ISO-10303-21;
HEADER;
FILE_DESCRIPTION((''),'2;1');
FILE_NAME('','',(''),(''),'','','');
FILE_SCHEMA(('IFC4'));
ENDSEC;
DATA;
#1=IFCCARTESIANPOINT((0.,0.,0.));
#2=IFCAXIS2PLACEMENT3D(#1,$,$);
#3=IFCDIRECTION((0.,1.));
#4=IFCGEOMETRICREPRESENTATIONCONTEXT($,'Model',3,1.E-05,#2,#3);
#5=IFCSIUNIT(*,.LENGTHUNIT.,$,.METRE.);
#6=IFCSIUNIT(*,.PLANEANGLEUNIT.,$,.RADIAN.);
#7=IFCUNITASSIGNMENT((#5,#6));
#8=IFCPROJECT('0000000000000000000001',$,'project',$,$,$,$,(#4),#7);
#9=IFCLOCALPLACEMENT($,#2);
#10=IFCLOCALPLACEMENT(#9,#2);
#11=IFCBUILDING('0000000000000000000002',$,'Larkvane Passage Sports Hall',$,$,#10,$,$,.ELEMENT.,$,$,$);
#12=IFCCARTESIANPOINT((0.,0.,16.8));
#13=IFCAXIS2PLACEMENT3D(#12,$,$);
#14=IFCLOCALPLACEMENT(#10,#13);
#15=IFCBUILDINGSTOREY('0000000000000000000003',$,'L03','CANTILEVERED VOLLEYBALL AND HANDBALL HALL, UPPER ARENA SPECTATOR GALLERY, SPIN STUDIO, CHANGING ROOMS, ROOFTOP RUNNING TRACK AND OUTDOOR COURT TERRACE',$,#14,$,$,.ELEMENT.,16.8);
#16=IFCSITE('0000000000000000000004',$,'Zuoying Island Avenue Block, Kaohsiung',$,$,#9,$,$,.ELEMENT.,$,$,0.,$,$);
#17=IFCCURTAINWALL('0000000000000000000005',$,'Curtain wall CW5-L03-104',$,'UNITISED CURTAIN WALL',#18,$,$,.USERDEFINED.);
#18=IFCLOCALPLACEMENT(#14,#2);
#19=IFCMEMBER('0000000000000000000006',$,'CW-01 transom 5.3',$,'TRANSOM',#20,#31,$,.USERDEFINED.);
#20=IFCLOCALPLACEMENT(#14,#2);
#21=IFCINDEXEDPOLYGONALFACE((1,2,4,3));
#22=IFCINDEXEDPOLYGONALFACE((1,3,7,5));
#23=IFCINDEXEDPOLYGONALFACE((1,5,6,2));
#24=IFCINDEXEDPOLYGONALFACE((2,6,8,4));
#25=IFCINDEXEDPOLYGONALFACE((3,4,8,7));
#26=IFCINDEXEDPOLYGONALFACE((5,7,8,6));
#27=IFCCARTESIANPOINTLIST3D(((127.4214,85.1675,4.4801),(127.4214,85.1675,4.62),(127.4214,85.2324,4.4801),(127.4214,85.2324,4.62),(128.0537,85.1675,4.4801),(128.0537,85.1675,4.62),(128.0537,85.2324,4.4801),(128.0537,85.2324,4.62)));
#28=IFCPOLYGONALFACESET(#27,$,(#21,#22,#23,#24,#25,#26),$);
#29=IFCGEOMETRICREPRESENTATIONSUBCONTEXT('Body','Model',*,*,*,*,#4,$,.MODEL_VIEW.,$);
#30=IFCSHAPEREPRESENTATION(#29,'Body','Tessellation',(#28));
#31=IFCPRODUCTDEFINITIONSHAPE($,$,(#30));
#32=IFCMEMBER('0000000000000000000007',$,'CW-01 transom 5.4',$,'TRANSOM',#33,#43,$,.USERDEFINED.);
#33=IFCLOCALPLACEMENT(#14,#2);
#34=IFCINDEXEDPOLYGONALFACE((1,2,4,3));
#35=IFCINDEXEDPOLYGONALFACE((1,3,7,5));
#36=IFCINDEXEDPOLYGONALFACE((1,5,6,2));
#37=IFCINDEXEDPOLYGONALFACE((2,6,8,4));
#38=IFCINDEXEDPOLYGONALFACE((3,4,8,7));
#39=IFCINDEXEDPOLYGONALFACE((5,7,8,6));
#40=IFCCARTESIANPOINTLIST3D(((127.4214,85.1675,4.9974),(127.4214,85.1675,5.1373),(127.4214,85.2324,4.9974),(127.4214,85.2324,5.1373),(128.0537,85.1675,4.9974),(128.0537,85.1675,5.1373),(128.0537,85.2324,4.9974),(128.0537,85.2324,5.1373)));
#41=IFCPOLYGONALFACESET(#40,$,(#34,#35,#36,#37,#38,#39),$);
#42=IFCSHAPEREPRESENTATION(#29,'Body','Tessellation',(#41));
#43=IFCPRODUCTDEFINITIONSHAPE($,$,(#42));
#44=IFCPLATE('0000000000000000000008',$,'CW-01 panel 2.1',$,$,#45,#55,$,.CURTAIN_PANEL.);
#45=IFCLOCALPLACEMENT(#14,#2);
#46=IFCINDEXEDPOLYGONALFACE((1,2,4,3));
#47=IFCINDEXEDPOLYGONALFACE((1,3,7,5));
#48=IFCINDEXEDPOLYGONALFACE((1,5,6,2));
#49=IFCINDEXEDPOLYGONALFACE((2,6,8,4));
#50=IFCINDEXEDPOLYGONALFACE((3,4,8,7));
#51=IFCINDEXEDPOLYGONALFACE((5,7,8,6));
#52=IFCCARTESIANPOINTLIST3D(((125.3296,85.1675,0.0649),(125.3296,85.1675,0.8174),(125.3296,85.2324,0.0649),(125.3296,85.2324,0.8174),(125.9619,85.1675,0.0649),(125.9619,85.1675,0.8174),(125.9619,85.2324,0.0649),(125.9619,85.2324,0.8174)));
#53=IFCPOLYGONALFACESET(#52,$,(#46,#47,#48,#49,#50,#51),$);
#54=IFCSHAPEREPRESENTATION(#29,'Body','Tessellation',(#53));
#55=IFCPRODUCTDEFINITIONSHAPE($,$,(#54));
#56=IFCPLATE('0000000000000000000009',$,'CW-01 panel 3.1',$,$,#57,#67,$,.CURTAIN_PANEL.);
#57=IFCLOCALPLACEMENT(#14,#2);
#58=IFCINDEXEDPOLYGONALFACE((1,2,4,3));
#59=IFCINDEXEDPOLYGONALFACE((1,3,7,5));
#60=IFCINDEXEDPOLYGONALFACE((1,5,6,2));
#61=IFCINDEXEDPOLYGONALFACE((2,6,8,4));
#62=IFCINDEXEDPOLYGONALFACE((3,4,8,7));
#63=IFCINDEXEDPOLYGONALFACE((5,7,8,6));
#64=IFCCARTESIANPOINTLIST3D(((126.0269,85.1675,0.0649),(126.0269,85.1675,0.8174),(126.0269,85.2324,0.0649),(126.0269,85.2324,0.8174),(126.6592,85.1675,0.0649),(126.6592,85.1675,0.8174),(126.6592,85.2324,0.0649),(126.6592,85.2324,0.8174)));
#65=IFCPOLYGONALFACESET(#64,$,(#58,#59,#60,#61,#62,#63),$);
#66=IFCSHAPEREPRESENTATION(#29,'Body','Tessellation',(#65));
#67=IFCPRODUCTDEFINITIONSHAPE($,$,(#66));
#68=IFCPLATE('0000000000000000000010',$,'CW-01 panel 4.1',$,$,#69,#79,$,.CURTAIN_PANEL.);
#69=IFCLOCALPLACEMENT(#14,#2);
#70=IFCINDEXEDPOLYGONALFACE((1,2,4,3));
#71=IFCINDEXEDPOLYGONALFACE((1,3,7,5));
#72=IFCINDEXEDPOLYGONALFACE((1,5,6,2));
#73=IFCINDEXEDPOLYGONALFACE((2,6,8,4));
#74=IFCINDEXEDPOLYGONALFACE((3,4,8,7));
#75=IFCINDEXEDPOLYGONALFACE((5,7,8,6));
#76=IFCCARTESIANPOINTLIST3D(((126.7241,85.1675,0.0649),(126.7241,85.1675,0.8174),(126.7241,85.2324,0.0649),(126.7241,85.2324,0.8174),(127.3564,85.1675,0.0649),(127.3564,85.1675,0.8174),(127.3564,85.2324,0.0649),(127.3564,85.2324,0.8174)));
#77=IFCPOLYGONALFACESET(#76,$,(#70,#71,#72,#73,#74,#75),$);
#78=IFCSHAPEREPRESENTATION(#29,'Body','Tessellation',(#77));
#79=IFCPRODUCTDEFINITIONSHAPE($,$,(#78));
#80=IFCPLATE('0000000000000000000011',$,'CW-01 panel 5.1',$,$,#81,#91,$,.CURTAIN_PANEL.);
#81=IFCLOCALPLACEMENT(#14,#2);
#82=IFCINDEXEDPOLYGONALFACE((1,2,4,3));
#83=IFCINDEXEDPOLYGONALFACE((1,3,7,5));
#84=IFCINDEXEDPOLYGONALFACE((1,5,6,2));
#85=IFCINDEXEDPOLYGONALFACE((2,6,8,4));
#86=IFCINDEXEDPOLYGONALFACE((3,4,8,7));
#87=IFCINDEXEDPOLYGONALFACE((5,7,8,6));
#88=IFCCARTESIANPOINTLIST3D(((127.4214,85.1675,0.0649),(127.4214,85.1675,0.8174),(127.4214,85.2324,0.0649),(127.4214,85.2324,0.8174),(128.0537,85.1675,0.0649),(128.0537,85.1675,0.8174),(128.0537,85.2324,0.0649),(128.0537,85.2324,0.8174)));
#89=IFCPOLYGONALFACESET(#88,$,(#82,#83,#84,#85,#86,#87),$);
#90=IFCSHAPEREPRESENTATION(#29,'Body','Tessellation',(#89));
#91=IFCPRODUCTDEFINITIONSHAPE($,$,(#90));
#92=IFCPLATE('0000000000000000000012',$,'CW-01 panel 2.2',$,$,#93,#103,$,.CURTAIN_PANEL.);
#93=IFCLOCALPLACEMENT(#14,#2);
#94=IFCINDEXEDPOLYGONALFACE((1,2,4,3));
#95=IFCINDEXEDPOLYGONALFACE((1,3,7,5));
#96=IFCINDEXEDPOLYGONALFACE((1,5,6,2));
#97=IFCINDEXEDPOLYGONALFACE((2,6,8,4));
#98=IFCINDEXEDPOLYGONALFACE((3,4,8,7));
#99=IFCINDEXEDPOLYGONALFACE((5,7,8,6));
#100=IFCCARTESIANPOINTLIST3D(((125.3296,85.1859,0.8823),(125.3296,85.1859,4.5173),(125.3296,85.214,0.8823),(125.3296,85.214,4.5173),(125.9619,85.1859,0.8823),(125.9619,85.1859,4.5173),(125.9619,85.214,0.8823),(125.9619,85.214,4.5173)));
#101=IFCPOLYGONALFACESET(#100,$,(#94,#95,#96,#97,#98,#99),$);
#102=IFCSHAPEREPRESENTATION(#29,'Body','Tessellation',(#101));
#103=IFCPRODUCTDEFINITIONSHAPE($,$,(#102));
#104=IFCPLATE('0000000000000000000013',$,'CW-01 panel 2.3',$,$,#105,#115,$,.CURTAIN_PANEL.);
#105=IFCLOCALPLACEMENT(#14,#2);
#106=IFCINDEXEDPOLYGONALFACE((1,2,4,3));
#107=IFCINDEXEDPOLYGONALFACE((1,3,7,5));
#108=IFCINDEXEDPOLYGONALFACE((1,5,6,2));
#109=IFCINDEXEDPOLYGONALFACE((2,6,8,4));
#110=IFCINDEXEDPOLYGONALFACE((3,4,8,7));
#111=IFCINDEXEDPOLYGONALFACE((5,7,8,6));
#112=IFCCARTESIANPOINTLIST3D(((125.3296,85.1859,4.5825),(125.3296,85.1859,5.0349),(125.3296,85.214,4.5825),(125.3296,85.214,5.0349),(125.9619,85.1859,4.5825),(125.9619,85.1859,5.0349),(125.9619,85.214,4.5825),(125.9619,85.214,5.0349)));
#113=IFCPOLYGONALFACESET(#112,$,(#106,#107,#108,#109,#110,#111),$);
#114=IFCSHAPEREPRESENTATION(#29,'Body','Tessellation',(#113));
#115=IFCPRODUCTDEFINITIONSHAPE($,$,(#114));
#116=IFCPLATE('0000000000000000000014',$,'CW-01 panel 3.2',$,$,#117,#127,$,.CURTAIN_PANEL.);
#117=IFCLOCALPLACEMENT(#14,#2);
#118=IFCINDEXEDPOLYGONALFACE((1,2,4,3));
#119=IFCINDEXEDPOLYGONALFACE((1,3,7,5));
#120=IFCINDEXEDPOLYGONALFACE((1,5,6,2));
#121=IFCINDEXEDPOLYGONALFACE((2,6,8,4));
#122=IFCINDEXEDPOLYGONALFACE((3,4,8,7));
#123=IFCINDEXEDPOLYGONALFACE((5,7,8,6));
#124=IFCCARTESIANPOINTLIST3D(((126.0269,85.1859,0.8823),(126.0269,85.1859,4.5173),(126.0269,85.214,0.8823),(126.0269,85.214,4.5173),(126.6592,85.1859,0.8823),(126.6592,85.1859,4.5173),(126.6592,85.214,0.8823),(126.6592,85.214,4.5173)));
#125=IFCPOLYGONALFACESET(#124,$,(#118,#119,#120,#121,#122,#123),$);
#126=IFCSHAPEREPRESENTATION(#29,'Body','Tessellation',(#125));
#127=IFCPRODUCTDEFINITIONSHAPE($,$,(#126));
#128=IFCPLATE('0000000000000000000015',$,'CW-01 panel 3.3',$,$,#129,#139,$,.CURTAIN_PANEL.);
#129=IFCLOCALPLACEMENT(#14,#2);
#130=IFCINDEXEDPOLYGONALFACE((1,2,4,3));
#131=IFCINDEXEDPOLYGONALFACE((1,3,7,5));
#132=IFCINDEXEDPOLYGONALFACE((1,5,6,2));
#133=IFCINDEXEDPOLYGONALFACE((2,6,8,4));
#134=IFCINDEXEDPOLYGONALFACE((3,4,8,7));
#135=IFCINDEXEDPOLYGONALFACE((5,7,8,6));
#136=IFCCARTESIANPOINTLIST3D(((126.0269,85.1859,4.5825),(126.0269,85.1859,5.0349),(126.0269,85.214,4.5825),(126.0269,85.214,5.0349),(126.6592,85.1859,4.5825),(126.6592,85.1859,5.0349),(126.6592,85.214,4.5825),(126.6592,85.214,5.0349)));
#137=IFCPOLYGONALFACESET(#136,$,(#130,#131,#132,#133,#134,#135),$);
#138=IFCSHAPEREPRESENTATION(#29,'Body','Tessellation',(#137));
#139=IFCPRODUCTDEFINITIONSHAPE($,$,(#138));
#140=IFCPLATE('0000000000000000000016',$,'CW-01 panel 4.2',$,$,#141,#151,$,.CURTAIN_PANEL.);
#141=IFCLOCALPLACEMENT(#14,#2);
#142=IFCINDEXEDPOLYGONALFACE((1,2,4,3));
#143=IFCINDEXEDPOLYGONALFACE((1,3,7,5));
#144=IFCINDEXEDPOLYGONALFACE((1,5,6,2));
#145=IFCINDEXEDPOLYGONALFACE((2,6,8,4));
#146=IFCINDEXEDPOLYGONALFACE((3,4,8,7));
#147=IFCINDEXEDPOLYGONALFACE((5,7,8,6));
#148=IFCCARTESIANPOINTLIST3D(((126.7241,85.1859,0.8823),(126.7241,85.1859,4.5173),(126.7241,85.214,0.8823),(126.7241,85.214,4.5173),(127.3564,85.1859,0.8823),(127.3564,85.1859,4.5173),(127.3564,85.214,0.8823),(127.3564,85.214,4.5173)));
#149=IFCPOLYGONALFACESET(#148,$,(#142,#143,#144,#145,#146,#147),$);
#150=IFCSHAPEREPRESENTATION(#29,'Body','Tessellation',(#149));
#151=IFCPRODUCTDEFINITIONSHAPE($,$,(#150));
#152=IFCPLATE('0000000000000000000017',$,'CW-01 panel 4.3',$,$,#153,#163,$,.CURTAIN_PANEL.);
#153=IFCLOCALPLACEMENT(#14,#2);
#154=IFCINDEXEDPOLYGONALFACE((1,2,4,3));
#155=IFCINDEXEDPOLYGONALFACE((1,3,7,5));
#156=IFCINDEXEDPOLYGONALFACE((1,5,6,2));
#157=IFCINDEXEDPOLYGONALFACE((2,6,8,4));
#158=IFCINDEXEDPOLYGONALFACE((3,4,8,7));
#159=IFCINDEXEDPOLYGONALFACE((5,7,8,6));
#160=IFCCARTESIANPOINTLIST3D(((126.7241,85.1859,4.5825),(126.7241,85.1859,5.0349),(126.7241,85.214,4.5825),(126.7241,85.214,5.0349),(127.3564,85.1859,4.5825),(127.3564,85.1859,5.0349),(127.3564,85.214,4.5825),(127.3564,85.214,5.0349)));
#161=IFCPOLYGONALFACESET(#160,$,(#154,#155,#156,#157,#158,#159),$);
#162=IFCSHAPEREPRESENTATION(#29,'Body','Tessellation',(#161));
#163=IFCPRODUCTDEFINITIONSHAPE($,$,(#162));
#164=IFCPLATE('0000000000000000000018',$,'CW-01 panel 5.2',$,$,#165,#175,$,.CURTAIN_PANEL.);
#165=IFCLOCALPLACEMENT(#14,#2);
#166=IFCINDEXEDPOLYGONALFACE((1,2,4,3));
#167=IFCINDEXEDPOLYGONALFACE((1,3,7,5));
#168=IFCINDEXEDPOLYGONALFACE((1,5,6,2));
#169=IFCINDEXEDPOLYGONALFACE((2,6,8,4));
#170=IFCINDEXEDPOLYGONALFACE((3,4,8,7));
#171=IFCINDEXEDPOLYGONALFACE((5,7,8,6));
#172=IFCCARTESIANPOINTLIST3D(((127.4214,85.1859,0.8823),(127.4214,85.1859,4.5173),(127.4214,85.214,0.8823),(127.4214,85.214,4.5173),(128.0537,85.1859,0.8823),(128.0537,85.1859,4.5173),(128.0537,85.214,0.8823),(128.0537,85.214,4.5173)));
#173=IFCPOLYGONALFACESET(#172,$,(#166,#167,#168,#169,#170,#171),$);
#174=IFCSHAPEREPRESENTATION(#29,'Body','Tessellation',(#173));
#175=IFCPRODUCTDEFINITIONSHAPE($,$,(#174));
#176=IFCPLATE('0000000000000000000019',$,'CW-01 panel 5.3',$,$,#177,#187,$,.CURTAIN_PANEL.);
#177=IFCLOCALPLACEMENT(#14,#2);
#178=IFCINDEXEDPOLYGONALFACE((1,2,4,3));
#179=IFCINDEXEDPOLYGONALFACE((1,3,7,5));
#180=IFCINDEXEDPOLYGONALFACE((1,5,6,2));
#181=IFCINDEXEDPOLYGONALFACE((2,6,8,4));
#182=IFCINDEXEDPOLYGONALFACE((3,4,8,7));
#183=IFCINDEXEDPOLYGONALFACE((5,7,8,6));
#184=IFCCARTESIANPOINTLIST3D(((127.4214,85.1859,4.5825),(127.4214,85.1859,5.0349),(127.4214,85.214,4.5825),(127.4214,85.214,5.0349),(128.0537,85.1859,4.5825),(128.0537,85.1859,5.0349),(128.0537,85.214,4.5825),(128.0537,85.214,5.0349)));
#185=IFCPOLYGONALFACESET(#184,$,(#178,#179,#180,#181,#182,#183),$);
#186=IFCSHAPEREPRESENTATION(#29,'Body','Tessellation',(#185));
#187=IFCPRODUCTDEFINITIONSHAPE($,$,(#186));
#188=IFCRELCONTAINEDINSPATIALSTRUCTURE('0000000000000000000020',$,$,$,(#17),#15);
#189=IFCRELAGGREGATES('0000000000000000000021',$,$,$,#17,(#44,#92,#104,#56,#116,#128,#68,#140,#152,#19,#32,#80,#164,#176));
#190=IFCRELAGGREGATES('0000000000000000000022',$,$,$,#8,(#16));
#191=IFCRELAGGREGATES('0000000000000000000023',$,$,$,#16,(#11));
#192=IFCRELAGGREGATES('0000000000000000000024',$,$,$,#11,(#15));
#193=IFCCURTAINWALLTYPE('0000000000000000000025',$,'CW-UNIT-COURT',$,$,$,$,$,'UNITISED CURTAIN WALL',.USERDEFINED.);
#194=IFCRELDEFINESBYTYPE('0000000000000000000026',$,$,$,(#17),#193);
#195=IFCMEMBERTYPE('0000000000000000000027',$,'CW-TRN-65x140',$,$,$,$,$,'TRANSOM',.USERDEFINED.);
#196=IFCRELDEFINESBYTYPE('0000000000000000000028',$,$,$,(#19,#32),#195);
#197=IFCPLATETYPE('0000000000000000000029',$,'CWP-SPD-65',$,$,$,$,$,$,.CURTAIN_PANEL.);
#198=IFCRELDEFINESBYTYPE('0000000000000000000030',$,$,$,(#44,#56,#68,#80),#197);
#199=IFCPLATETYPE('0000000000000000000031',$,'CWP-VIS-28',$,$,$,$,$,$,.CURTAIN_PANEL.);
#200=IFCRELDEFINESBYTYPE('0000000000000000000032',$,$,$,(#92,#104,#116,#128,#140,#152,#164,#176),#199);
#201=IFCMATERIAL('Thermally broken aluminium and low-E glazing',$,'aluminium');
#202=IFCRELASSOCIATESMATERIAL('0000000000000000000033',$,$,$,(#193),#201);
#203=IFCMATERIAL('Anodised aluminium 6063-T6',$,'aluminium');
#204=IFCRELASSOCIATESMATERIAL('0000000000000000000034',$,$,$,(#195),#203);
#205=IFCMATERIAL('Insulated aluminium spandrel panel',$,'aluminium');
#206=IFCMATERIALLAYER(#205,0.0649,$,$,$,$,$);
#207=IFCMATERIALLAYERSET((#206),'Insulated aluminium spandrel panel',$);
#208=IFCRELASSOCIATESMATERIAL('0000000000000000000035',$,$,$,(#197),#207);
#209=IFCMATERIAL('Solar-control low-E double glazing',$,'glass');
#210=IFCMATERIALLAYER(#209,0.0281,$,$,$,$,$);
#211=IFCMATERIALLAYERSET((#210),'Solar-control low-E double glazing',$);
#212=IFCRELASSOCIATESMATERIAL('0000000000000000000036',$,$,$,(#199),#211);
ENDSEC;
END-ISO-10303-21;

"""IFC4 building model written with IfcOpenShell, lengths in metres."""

from ifc_helpers import new_model, si_unit, direction, frame, origin, origin_2d, place, context, subcontext, project, spatial, rectangle, extrude, material, layer, layer_set, material_profile, profile_set, type_object, element, aggregate, save


model = new_model("IFC4")

# Units and contexts
model_context = context("Model", 3, precision=1e-05, world=origin(), true_north=direction((0.0, 1.0)))
body_context = subcontext(model_context, "Body", "Model", "MODEL_VIEW")
ifc_project = project(units=[si_unit("LENGTHUNIT", "METRE"), si_unit("PLANEANGLEUNIT", "RADIAN")], contexts=[model_context])

# Site, building, storey
site_placement = place(None, origin())
site = spatial("IfcSite", under=ifc_project, at=site_placement, Name="Zuoying Island Avenue Block, Kaohsiung", CompositionType="ELEMENT", RefElevation=0.0)
building_placement = place(site_placement, origin())
building = spatial("IfcBuilding", under=site, at=building_placement, Name="Larkvane Passage Sports Hall", CompositionType="ELEMENT")
storey_placement = place(building_placement, frame((0.0, 0.0, 16.8)))
storey = spatial("IfcBuildingStorey", under=building, at=storey_placement, Name="L03", Description="CANTILEVERED VOLLEYBALL AND HANDBALL HALL, UPPER ARENA SPECTATOR GALLERY, SPIN STUDIO, CHANGING ROOMS, ROOFTOP RUNNING TRACK AND OUTDOOR COURT TERRACE", CompositionType="ELEMENT", Elevation=16.8)

# Curtain wall, members, plates
ifc_material_1 = material(Name="Thermally broken aluminium and low-E glazing", Category="aluminium")
curtain_wall_type = type_object("IfcCurtainWallType", Name="CW-UNIT-COURT", ElementType="UNITISED CURTAIN WALL", PredefinedType="USERDEFINED", material=ifc_material_1)
curtain_wall_placement = place(storey_placement, origin())
curtain_wall = element("IfcCurtainWall", 1, at=curtain_wall_placement, inside=storey, type_object=curtain_wall_type, Name="Curtain wall CW5-L03-104", ObjectType="UNITISED CURTAIN WALL", PredefinedType="USERDEFINED")
ifc_material_2 = material(Name="Anodised aluminium 6063-T6", Category="aluminium")
ifc_material_profile_1 = material_profile(ifc_material_2, rectangle(XDim=0.0649, YDim=0.1399, at=origin_2d()), Name="ALU-TRN-65x140")
ifc_profile_set_1 = profile_set([ifc_material_profile_1], Name="Anodised aluminium 6063-T6")
member_type_1 = type_object("IfcMemberType", Name="CW-TRN-65x140", ElementType="TRANSOM", PredefinedType="USERDEFINED", material=ifc_profile_set_1)
member_1_placement = place(storey_placement, frame((127.4214, 85.2, 4.55), z_axis=(1.0, 0.0, 0.0), x_axis=(0.0, 1.0, 0.0)))
member_1 = element("IfcMember", 2, at=member_1_placement, type_object=member_type_1, Name="CW-01 transom 5.3", ObjectType="TRANSOM", PredefinedType="USERDEFINED", context=body_context, shape_type="SweptSolid", body=[
    extrude(rectangle(XDim=0.0649, YDim=0.1399, at=origin_2d()), origin(), (0.0, 0.0, 1.0), 0.6323),
])
member_2_placement = place(storey_placement, frame((127.4214, 85.2, 5.0674), z_axis=(1.0, 0.0, 0.0), x_axis=(0.0, 1.0, 0.0)))
member_2 = element("IfcMember", 3, at=member_2_placement, type_object=member_type_1, Name="CW-01 transom 5.4", ObjectType="TRANSOM", PredefinedType="USERDEFINED", context=body_context, shape_type="SweptSolid", body=[
    extrude(rectangle(XDim=0.0649, YDim=0.1399, at=origin_2d()), origin(), (0.0, 0.0, 1.0), 0.6323),
])
ifc_material_3 = material(Name="Insulated aluminium spandrel panel", Category="aluminium")
ifc_layer_1 = layer(ifc_material_3, 0.0649)
ifc_layer_set_1 = layer_set([ifc_layer_1], Name="Insulated aluminium spandrel panel")
plate_type_1 = type_object("IfcPlateType", Name="CWP-SPD-65", PredefinedType="CURTAIN_PANEL", material=ifc_layer_set_1)
plate_1_placement = place(storey_placement, frame((125.6458, 85.2, 0.0649), z_axis=(0.0, 0.0, 1.0), x_axis=(1.0, 0.0, 0.0)))
plate_1 = element("IfcPlate", 4, at=plate_1_placement, type_object=plate_type_1, Name="CW-01 panel 2.1", PredefinedType="CURTAIN_PANEL", context=body_context, shape_type="SweptSolid", body=[
    extrude(rectangle(XDim=0.6323, YDim=0.0649, at=origin_2d()), origin(), (0.0, 0.0, 1.0), 0.7524),
])
plate_2_placement = place(storey_placement, frame((126.343, 85.2, 0.0649), z_axis=(0.0, 0.0, 1.0), x_axis=(1.0, 0.0, 0.0)))
plate_2 = element("IfcPlate", 5, at=plate_2_placement, type_object=plate_type_1, Name="CW-01 panel 3.1", PredefinedType="CURTAIN_PANEL", context=body_context, shape_type="SweptSolid", body=[
    extrude(rectangle(XDim=0.6323, YDim=0.0649, at=origin_2d()), origin(), (0.0, 0.0, 1.0), 0.7524),
])
plate_3_placement = place(storey_placement, frame((127.0403, 85.2, 0.0649), z_axis=(0.0, 0.0, 1.0), x_axis=(1.0, 0.0, 0.0)))
plate_3 = element("IfcPlate", 6, at=plate_3_placement, type_object=plate_type_1, Name="CW-01 panel 4.1", PredefinedType="CURTAIN_PANEL", context=body_context, shape_type="SweptSolid", body=[
    extrude(rectangle(XDim=0.6323, YDim=0.0649, at=origin_2d()), origin(), (0.0, 0.0, 1.0), 0.7524),
])
plate_4_placement = place(storey_placement, frame((127.7375, 85.2, 0.0649), z_axis=(0.0, 0.0, 1.0), x_axis=(1.0, 0.0, 0.0)))
plate_4 = element("IfcPlate", 7, at=plate_4_placement, type_object=plate_type_1, Name="CW-01 panel 5.1", PredefinedType="CURTAIN_PANEL", context=body_context, shape_type="SweptSolid", body=[
    extrude(rectangle(XDim=0.6323, YDim=0.0649, at=origin_2d()), origin(), (0.0, 0.0, 1.0), 0.7524),
])
ifc_material_4 = material(Name="Solar-control low-E double glazing", Category="glass")
ifc_layer_2 = layer(ifc_material_4, 0.0281)
ifc_layer_set_2 = layer_set([ifc_layer_2], Name="Solar-control low-E double glazing")
plate_type_2 = type_object("IfcPlateType", Name="CWP-VIS-28", PredefinedType="CURTAIN_PANEL", material=ifc_layer_set_2)
plate_5_placement = place(storey_placement, frame((125.6458, 85.2, 0.8823), z_axis=(0.0, 0.0, 1.0), x_axis=(1.0, 0.0, 0.0)))
plate_5 = element("IfcPlate", 8, at=plate_5_placement, type_object=plate_type_2, Name="CW-01 panel 2.2", PredefinedType="CURTAIN_PANEL", context=body_context, shape_type="SweptSolid", body=[
    extrude(rectangle(XDim=0.6323, YDim=0.0281, at=origin_2d()), origin(), (0.0, 0.0, 1.0), 3.635),
])
plate_6_placement = place(storey_placement, frame((125.6458, 85.2, 4.5825), z_axis=(0.0, 0.0, 1.0), x_axis=(1.0, 0.0, 0.0)))
plate_6 = element("IfcPlate", 9, at=plate_6_placement, type_object=plate_type_2, Name="CW-01 panel 2.3", PredefinedType="CURTAIN_PANEL", context=body_context, shape_type="SweptSolid", body=[
    extrude(rectangle(XDim=0.6323, YDim=0.0281, at=origin_2d()), origin(), (0.0, 0.0, 1.0), 0.4524),
])
plate_7_placement = place(storey_placement, frame((126.343, 85.2, 0.8823), z_axis=(0.0, 0.0, 1.0), x_axis=(1.0, 0.0, 0.0)))
plate_7 = element("IfcPlate", 10, at=plate_7_placement, type_object=plate_type_2, Name="CW-01 panel 3.2", PredefinedType="CURTAIN_PANEL", context=body_context, shape_type="SweptSolid", body=[
    extrude(rectangle(XDim=0.6323, YDim=0.0281, at=origin_2d()), origin(), (0.0, 0.0, 1.0), 3.635),
])
plate_8_placement = place(storey_placement, frame((126.343, 85.2, 4.5825), z_axis=(0.0, 0.0, 1.0), x_axis=(1.0, 0.0, 0.0)))
plate_8 = element("IfcPlate", 11, at=plate_8_placement, type_object=plate_type_2, Name="CW-01 panel 3.3", PredefinedType="CURTAIN_PANEL", context=body_context, shape_type="SweptSolid", body=[
    extrude(rectangle(XDim=0.6323, YDim=0.0281, at=origin_2d()), origin(), (0.0, 0.0, 1.0), 0.4524),
])
plate_9_placement = place(storey_placement, frame((127.0403, 85.2, 0.8823), z_axis=(0.0, 0.0, 1.0), x_axis=(1.0, 0.0, 0.0)))
plate_9 = element("IfcPlate", 12, at=plate_9_placement, type_object=plate_type_2, Name="CW-01 panel 4.2", PredefinedType="CURTAIN_PANEL", context=body_context, shape_type="SweptSolid", body=[
    extrude(rectangle(XDim=0.6323, YDim=0.0281, at=origin_2d()), origin(), (0.0, 0.0, 1.0), 3.635),
])
plate_10_placement = place(storey_placement, frame((127.0403, 85.2, 4.5825), z_axis=(0.0, 0.0, 1.0), x_axis=(1.0, 0.0, 0.0)))
plate_10 = element("IfcPlate", 13, at=plate_10_placement, type_object=plate_type_2, Name="CW-01 panel 4.3", PredefinedType="CURTAIN_PANEL", context=body_context, shape_type="SweptSolid", body=[
    extrude(rectangle(XDim=0.6323, YDim=0.0281, at=origin_2d()), origin(), (0.0, 0.0, 1.0), 0.4524),
])
plate_11_placement = place(storey_placement, frame((127.7375, 85.2, 0.8823), z_axis=(0.0, 0.0, 1.0), x_axis=(1.0, 0.0, 0.0)))
plate_11 = element("IfcPlate", 14, at=plate_11_placement, type_object=plate_type_2, Name="CW-01 panel 5.2", PredefinedType="CURTAIN_PANEL", context=body_context, shape_type="SweptSolid", body=[
    extrude(rectangle(XDim=0.6323, YDim=0.0281, at=origin_2d()), origin(), (0.0, 0.0, 1.0), 3.635),
])
plate_12_placement = place(storey_placement, frame((127.7375, 85.2, 4.5825), z_axis=(0.0, 0.0, 1.0), x_axis=(1.0, 0.0, 0.0)))
plate_12 = element("IfcPlate", 15, at=plate_12_placement, type_object=plate_type_2, Name="CW-01 panel 5.3", PredefinedType="CURTAIN_PANEL", context=body_context, shape_type="SweptSolid", body=[
    extrude(rectangle(XDim=0.6323, YDim=0.0281, at=origin_2d()), origin(), (0.0, 0.0, 1.0), 0.4524),
])
aggregate(curtain_wall, [plate_1, plate_5, plate_6, plate_2, plate_7, plate_8, plate_3, plate_9, plate_10, member_1, member_2, plate_4, plate_11, plate_12])

save(model, "model.ifc")
